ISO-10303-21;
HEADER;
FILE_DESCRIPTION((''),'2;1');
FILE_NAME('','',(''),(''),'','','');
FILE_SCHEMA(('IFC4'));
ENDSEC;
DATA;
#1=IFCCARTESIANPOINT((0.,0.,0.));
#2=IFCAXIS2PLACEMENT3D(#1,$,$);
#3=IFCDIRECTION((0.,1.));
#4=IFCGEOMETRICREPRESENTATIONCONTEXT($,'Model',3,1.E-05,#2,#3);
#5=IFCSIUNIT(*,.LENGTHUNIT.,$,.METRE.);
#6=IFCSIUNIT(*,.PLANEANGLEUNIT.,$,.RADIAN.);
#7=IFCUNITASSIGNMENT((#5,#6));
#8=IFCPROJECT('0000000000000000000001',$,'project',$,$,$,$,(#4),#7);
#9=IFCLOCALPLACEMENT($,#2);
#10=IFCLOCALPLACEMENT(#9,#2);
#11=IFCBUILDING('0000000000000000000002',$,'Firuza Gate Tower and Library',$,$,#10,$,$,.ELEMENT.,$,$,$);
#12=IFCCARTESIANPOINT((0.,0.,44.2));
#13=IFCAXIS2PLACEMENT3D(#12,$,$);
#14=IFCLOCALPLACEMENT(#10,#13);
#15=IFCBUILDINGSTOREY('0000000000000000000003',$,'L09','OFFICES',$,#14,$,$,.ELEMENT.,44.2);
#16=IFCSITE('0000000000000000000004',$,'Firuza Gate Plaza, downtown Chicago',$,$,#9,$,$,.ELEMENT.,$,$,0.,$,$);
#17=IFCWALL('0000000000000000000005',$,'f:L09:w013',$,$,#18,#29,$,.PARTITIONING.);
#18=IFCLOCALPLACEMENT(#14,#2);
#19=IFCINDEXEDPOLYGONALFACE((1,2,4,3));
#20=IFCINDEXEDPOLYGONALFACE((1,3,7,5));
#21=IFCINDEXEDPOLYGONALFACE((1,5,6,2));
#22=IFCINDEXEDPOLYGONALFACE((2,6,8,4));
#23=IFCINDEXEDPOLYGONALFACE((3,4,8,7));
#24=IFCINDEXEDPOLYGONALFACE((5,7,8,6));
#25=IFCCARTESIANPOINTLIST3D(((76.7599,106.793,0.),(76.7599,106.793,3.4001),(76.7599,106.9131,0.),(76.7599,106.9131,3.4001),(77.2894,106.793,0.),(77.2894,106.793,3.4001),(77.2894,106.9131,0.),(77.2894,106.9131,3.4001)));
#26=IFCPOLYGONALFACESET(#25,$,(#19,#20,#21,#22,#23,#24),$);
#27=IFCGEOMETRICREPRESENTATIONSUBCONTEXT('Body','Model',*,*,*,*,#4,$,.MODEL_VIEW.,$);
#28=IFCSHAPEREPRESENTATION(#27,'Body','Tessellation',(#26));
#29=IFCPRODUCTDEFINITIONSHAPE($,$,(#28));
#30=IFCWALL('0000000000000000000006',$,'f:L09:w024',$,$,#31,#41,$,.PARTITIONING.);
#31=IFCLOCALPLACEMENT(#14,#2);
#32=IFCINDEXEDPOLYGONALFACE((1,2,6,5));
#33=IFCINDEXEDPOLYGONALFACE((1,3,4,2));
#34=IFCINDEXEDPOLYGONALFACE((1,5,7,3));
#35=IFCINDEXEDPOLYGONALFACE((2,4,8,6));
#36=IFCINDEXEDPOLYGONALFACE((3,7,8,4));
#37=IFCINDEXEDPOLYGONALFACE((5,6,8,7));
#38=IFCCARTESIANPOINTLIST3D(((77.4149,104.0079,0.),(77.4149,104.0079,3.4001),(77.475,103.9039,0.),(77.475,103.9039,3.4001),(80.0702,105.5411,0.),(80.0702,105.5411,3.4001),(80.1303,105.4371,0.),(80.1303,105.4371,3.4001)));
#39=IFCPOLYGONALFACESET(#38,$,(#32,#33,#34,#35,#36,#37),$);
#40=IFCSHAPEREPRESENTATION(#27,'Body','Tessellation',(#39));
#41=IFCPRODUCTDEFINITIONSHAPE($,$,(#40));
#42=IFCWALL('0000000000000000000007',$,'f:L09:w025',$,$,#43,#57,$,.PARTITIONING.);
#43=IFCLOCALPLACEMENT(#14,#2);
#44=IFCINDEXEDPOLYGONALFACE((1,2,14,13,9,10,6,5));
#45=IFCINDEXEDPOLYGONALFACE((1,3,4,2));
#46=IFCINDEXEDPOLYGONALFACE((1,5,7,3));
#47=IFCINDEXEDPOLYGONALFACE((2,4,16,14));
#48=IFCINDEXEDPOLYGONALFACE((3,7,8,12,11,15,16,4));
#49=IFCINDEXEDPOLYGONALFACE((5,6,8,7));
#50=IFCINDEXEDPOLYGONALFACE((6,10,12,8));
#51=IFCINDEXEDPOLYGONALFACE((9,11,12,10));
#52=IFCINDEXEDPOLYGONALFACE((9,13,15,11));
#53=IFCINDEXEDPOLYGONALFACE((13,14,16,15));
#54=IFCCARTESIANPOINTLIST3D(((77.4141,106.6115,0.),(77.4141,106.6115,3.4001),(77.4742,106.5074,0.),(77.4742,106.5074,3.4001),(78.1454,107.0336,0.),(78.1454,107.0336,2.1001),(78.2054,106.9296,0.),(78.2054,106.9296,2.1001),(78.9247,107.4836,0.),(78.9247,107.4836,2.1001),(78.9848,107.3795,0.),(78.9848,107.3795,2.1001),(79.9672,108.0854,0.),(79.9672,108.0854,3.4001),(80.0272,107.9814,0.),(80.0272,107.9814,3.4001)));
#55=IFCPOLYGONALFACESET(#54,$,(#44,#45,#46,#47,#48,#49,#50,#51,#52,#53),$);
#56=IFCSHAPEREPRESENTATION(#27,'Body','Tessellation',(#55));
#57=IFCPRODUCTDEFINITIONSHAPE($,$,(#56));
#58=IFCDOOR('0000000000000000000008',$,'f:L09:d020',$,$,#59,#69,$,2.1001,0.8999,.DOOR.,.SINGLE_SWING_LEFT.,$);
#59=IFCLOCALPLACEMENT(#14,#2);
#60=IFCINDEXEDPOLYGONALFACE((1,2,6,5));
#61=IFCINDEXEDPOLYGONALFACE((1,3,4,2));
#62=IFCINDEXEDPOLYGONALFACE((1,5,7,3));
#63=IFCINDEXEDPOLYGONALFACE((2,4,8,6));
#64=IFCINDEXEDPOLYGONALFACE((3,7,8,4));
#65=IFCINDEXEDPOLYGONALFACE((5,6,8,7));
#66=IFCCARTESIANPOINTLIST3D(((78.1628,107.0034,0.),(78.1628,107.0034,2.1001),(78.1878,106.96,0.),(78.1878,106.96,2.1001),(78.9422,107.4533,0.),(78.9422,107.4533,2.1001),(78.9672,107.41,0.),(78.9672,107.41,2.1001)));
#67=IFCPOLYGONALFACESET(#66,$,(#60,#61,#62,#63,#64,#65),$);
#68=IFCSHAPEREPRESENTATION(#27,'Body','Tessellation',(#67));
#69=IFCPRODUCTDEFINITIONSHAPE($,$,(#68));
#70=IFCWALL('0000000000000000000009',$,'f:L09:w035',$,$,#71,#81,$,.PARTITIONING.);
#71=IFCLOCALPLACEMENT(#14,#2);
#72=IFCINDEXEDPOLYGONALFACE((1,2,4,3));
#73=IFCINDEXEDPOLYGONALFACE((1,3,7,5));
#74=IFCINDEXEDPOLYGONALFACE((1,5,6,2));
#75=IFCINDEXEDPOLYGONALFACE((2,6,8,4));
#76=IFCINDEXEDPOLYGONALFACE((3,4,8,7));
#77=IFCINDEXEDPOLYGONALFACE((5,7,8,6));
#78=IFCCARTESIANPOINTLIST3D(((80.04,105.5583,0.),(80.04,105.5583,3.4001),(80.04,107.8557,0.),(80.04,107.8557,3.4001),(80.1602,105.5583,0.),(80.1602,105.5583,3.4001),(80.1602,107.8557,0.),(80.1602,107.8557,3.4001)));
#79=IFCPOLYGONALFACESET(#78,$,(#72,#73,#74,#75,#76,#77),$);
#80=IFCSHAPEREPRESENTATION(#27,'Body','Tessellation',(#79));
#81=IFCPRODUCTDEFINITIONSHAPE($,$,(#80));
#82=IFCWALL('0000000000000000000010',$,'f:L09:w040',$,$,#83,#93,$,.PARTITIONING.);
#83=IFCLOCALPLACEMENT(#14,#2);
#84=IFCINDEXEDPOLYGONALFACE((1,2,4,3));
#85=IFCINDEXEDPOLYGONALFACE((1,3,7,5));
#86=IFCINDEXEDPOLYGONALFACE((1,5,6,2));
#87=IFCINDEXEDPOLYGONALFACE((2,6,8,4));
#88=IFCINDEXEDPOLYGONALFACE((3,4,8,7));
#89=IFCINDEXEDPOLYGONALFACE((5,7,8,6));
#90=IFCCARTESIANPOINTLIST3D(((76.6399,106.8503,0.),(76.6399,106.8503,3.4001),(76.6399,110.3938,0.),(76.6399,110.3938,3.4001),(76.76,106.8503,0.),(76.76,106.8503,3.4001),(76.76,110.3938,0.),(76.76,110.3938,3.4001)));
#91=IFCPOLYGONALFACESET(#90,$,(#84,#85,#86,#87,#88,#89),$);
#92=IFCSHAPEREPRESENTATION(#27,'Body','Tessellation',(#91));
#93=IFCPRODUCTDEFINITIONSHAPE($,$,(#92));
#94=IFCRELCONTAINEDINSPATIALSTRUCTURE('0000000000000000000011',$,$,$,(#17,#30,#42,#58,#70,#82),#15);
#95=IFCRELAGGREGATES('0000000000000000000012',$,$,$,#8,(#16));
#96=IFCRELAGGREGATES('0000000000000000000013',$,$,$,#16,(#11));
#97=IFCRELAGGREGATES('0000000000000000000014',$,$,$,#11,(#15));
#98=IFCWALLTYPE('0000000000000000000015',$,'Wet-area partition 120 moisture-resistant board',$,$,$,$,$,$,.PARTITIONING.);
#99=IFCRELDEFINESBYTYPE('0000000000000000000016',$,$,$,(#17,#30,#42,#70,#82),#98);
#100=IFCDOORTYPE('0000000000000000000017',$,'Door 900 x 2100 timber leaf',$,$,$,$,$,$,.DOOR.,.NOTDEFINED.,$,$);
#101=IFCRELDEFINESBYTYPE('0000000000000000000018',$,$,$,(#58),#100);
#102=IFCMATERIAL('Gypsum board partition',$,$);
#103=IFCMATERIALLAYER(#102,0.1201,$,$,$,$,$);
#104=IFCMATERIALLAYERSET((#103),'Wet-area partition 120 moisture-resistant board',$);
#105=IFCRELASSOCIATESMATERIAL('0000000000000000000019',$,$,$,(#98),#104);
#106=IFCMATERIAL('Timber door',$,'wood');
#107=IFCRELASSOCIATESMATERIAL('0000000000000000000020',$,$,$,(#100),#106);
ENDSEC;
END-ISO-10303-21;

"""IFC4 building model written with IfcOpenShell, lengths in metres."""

from ifc_helpers import new_model, si_unit, direction, frame, frame_2d, origin, place, context, subcontext, project, spatial, rectangle, extrude, material, layer, layer_set, type_object, element, fill, save


model = new_model("IFC4")

# Units and contexts
model_context = context("Model", 3, precision=1e-05, world=origin(), true_north=direction((0.0, 1.0)))
body_context = subcontext(model_context, "Body", "Model", "MODEL_VIEW")
ifc_project = project(units=[si_unit("LENGTHUNIT", "METRE"), si_unit("PLANEANGLEUNIT", "RADIAN")], contexts=[model_context])

# Site, building, storey
site_placement = place(None, origin())
site = spatial("IfcSite", under=ifc_project, at=site_placement, Name="Firuza Gate Plaza, downtown Chicago", CompositionType="ELEMENT", RefElevation=0.0)
building_placement = place(site_placement, origin())
building = spatial("IfcBuilding", under=site, at=building_placement, Name="Firuza Gate Tower and Library", CompositionType="ELEMENT")
storey_placement = place(building_placement, frame((0.0, 0.0, 44.2)))
storey = spatial("IfcBuildingStorey", under=building, at=storey_placement, Name="L09", Description="OFFICES", CompositionType="ELEMENT", Elevation=44.2)

# Walls
ifc_material_1 = material(Name="Gypsum board partition")
ifc_layer_1 = layer(ifc_material_1, 0.1201)
ifc_layer_set_1 = layer_set([ifc_layer_1], Name="Wet-area partition 120 moisture-resistant board")
wall_type_1 = type_object("IfcWallType", Name="Wet-area partition 120 moisture-resistant board", PredefinedType="PARTITIONING", material=ifc_layer_set_1)
wall_1_placement = place(storey_placement, frame((76.76, 106.853, 0.0), z_axis=(0.0, 0.0, 1.0), x_axis=(1.0, 0.0, 0.0)))
element("IfcWall", 1, at=wall_1_placement, inside=storey, type_object=wall_type_1, Name="f:L09:w013", PredefinedType="PARTITIONING", context=body_context, shape_type="SweptSolid", body=[
    extrude(rectangle(XDim=0.5295, YDim=0.1201, at=frame_2d((0.2646, 0.0))), origin(), (0.0, 0.0, 1.0), 3.4001),
])
wall_2_placement = place(storey_placement, frame((77.4448, 103.9558, 0.0), z_axis=(0.0, 0.0, 1.0), x_axis=(0.866, 0.500044, 0.0)))
element("IfcWall", 2, at=wall_2_placement, inside=storey, type_object=wall_type_1, Name="f:L09:w024", PredefinedType="PARTITIONING", context=body_context, shape_type="SweptSolid", body=[
    extrude(rectangle(XDim=3.0662, YDim=0.1201, at=frame_2d((1.5332, 0.0))), origin(), (0.0, 0.0, 1.0), 3.4001),
])

# Wall, opening, door
wall_3_placement = place(storey_placement, frame((79.9973, 108.0334, 0.0), z_axis=(0.0, 0.0, 1.0), x_axis=(-0.866038, -0.499978, 0.0)))
wall_3 = element("IfcWall", 3, at=wall_3_placement, inside=storey, type_object=wall_type_1, Name="f:L09:w025", PredefinedType="PARTITIONING", context=body_context, shape_type="SweptSolid", body=[
    extrude(rectangle(XDim=2.948, YDim=0.1201, at=frame_2d((1.4741, 0.0))), origin(), (0.0, 0.0, 1.0), 3.4001),
])
opening_1_placement = place(wall_3_placement, frame((1.2039, 0.0, 0.0)))
opening_1 = element("IfcOpeningElement", 4, at=opening_1_placement, cuts=wall_3, PredefinedType="OPENING", context=body_context, shape_type="SweptSolid", body=[
    extrude(rectangle(XDim=0.8999, YDim=2.1001, at=frame_2d((0.45, 1.05))), frame((0.0, 0.0701, 0.0), z_axis=(0.0, -1.0, 0.0), x_axis=(1.0, 0.0, 0.0)), (0.0, 0.0, 1.0), 0.1401),
])
ifc_material_2 = material(Name="Timber door", Category="wood")
door_type_1 = type_object("IfcDoorType", Name="Door 900 x 2100 timber leaf", OperationType="NOTDEFINED", PredefinedType="DOOR", material=ifc_material_2)
door_1_placement = place(opening_1_placement, origin())
door_1 = element("IfcDoor", 5, at=door_1_placement, inside=storey, type_object=door_type_1, Name="f:L09:d020", OperationType="SINGLE_SWING_LEFT", OverallHeight=2.1001, OverallWidth=0.8999, PredefinedType="DOOR", context=body_context, shape_type="SweptSolid", body=[
    extrude(rectangle(XDim=0.8999, YDim=2.1001, at=frame_2d((0.45, 1.05))), frame((0.0, 0.0249, 0.0), z_axis=(0.0, -1.0, 0.0), x_axis=(1.0, 0.0, 0.0)), (0.0, 0.0, 1.0), 0.05),
])
fill(opening_1, door_1)

# Walls
wall_4_placement = place(storey_placement, frame((80.1001, 105.5583, 0.0), z_axis=(0.0, 0.0, 1.0), x_axis=(0.0, 1.0, 0.0)))
element("IfcWall", 6, at=wall_4_placement, inside=storey, type_object=wall_type_1, Name="f:L09:w035", PredefinedType="PARTITIONING", context=body_context, shape_type="SweptSolid", body=[
    extrude(rectangle(XDim=2.2974, YDim=0.1201, at=frame_2d((1.1487, 0.0))), origin(), (0.0, 0.0, 1.0), 3.4001),
])
wall_5_placement = place(storey_placement, frame((76.7, 106.8503, 0.0), z_axis=(0.0, 0.0, 1.0), x_axis=(0.0, 1.0, 0.0)))
element("IfcWall", 7, at=wall_5_placement, inside=storey, type_object=wall_type_1, Name="f:L09:w040", PredefinedType="PARTITIONING", context=body_context, shape_type="SweptSolid", body=[
    extrude(rectangle(XDim=3.5435, YDim=0.1201, at=frame_2d((1.7717, 0.0))), origin(), (0.0, 0.0, 1.0), 3.4001),
])

save(model, "model.ifc")
